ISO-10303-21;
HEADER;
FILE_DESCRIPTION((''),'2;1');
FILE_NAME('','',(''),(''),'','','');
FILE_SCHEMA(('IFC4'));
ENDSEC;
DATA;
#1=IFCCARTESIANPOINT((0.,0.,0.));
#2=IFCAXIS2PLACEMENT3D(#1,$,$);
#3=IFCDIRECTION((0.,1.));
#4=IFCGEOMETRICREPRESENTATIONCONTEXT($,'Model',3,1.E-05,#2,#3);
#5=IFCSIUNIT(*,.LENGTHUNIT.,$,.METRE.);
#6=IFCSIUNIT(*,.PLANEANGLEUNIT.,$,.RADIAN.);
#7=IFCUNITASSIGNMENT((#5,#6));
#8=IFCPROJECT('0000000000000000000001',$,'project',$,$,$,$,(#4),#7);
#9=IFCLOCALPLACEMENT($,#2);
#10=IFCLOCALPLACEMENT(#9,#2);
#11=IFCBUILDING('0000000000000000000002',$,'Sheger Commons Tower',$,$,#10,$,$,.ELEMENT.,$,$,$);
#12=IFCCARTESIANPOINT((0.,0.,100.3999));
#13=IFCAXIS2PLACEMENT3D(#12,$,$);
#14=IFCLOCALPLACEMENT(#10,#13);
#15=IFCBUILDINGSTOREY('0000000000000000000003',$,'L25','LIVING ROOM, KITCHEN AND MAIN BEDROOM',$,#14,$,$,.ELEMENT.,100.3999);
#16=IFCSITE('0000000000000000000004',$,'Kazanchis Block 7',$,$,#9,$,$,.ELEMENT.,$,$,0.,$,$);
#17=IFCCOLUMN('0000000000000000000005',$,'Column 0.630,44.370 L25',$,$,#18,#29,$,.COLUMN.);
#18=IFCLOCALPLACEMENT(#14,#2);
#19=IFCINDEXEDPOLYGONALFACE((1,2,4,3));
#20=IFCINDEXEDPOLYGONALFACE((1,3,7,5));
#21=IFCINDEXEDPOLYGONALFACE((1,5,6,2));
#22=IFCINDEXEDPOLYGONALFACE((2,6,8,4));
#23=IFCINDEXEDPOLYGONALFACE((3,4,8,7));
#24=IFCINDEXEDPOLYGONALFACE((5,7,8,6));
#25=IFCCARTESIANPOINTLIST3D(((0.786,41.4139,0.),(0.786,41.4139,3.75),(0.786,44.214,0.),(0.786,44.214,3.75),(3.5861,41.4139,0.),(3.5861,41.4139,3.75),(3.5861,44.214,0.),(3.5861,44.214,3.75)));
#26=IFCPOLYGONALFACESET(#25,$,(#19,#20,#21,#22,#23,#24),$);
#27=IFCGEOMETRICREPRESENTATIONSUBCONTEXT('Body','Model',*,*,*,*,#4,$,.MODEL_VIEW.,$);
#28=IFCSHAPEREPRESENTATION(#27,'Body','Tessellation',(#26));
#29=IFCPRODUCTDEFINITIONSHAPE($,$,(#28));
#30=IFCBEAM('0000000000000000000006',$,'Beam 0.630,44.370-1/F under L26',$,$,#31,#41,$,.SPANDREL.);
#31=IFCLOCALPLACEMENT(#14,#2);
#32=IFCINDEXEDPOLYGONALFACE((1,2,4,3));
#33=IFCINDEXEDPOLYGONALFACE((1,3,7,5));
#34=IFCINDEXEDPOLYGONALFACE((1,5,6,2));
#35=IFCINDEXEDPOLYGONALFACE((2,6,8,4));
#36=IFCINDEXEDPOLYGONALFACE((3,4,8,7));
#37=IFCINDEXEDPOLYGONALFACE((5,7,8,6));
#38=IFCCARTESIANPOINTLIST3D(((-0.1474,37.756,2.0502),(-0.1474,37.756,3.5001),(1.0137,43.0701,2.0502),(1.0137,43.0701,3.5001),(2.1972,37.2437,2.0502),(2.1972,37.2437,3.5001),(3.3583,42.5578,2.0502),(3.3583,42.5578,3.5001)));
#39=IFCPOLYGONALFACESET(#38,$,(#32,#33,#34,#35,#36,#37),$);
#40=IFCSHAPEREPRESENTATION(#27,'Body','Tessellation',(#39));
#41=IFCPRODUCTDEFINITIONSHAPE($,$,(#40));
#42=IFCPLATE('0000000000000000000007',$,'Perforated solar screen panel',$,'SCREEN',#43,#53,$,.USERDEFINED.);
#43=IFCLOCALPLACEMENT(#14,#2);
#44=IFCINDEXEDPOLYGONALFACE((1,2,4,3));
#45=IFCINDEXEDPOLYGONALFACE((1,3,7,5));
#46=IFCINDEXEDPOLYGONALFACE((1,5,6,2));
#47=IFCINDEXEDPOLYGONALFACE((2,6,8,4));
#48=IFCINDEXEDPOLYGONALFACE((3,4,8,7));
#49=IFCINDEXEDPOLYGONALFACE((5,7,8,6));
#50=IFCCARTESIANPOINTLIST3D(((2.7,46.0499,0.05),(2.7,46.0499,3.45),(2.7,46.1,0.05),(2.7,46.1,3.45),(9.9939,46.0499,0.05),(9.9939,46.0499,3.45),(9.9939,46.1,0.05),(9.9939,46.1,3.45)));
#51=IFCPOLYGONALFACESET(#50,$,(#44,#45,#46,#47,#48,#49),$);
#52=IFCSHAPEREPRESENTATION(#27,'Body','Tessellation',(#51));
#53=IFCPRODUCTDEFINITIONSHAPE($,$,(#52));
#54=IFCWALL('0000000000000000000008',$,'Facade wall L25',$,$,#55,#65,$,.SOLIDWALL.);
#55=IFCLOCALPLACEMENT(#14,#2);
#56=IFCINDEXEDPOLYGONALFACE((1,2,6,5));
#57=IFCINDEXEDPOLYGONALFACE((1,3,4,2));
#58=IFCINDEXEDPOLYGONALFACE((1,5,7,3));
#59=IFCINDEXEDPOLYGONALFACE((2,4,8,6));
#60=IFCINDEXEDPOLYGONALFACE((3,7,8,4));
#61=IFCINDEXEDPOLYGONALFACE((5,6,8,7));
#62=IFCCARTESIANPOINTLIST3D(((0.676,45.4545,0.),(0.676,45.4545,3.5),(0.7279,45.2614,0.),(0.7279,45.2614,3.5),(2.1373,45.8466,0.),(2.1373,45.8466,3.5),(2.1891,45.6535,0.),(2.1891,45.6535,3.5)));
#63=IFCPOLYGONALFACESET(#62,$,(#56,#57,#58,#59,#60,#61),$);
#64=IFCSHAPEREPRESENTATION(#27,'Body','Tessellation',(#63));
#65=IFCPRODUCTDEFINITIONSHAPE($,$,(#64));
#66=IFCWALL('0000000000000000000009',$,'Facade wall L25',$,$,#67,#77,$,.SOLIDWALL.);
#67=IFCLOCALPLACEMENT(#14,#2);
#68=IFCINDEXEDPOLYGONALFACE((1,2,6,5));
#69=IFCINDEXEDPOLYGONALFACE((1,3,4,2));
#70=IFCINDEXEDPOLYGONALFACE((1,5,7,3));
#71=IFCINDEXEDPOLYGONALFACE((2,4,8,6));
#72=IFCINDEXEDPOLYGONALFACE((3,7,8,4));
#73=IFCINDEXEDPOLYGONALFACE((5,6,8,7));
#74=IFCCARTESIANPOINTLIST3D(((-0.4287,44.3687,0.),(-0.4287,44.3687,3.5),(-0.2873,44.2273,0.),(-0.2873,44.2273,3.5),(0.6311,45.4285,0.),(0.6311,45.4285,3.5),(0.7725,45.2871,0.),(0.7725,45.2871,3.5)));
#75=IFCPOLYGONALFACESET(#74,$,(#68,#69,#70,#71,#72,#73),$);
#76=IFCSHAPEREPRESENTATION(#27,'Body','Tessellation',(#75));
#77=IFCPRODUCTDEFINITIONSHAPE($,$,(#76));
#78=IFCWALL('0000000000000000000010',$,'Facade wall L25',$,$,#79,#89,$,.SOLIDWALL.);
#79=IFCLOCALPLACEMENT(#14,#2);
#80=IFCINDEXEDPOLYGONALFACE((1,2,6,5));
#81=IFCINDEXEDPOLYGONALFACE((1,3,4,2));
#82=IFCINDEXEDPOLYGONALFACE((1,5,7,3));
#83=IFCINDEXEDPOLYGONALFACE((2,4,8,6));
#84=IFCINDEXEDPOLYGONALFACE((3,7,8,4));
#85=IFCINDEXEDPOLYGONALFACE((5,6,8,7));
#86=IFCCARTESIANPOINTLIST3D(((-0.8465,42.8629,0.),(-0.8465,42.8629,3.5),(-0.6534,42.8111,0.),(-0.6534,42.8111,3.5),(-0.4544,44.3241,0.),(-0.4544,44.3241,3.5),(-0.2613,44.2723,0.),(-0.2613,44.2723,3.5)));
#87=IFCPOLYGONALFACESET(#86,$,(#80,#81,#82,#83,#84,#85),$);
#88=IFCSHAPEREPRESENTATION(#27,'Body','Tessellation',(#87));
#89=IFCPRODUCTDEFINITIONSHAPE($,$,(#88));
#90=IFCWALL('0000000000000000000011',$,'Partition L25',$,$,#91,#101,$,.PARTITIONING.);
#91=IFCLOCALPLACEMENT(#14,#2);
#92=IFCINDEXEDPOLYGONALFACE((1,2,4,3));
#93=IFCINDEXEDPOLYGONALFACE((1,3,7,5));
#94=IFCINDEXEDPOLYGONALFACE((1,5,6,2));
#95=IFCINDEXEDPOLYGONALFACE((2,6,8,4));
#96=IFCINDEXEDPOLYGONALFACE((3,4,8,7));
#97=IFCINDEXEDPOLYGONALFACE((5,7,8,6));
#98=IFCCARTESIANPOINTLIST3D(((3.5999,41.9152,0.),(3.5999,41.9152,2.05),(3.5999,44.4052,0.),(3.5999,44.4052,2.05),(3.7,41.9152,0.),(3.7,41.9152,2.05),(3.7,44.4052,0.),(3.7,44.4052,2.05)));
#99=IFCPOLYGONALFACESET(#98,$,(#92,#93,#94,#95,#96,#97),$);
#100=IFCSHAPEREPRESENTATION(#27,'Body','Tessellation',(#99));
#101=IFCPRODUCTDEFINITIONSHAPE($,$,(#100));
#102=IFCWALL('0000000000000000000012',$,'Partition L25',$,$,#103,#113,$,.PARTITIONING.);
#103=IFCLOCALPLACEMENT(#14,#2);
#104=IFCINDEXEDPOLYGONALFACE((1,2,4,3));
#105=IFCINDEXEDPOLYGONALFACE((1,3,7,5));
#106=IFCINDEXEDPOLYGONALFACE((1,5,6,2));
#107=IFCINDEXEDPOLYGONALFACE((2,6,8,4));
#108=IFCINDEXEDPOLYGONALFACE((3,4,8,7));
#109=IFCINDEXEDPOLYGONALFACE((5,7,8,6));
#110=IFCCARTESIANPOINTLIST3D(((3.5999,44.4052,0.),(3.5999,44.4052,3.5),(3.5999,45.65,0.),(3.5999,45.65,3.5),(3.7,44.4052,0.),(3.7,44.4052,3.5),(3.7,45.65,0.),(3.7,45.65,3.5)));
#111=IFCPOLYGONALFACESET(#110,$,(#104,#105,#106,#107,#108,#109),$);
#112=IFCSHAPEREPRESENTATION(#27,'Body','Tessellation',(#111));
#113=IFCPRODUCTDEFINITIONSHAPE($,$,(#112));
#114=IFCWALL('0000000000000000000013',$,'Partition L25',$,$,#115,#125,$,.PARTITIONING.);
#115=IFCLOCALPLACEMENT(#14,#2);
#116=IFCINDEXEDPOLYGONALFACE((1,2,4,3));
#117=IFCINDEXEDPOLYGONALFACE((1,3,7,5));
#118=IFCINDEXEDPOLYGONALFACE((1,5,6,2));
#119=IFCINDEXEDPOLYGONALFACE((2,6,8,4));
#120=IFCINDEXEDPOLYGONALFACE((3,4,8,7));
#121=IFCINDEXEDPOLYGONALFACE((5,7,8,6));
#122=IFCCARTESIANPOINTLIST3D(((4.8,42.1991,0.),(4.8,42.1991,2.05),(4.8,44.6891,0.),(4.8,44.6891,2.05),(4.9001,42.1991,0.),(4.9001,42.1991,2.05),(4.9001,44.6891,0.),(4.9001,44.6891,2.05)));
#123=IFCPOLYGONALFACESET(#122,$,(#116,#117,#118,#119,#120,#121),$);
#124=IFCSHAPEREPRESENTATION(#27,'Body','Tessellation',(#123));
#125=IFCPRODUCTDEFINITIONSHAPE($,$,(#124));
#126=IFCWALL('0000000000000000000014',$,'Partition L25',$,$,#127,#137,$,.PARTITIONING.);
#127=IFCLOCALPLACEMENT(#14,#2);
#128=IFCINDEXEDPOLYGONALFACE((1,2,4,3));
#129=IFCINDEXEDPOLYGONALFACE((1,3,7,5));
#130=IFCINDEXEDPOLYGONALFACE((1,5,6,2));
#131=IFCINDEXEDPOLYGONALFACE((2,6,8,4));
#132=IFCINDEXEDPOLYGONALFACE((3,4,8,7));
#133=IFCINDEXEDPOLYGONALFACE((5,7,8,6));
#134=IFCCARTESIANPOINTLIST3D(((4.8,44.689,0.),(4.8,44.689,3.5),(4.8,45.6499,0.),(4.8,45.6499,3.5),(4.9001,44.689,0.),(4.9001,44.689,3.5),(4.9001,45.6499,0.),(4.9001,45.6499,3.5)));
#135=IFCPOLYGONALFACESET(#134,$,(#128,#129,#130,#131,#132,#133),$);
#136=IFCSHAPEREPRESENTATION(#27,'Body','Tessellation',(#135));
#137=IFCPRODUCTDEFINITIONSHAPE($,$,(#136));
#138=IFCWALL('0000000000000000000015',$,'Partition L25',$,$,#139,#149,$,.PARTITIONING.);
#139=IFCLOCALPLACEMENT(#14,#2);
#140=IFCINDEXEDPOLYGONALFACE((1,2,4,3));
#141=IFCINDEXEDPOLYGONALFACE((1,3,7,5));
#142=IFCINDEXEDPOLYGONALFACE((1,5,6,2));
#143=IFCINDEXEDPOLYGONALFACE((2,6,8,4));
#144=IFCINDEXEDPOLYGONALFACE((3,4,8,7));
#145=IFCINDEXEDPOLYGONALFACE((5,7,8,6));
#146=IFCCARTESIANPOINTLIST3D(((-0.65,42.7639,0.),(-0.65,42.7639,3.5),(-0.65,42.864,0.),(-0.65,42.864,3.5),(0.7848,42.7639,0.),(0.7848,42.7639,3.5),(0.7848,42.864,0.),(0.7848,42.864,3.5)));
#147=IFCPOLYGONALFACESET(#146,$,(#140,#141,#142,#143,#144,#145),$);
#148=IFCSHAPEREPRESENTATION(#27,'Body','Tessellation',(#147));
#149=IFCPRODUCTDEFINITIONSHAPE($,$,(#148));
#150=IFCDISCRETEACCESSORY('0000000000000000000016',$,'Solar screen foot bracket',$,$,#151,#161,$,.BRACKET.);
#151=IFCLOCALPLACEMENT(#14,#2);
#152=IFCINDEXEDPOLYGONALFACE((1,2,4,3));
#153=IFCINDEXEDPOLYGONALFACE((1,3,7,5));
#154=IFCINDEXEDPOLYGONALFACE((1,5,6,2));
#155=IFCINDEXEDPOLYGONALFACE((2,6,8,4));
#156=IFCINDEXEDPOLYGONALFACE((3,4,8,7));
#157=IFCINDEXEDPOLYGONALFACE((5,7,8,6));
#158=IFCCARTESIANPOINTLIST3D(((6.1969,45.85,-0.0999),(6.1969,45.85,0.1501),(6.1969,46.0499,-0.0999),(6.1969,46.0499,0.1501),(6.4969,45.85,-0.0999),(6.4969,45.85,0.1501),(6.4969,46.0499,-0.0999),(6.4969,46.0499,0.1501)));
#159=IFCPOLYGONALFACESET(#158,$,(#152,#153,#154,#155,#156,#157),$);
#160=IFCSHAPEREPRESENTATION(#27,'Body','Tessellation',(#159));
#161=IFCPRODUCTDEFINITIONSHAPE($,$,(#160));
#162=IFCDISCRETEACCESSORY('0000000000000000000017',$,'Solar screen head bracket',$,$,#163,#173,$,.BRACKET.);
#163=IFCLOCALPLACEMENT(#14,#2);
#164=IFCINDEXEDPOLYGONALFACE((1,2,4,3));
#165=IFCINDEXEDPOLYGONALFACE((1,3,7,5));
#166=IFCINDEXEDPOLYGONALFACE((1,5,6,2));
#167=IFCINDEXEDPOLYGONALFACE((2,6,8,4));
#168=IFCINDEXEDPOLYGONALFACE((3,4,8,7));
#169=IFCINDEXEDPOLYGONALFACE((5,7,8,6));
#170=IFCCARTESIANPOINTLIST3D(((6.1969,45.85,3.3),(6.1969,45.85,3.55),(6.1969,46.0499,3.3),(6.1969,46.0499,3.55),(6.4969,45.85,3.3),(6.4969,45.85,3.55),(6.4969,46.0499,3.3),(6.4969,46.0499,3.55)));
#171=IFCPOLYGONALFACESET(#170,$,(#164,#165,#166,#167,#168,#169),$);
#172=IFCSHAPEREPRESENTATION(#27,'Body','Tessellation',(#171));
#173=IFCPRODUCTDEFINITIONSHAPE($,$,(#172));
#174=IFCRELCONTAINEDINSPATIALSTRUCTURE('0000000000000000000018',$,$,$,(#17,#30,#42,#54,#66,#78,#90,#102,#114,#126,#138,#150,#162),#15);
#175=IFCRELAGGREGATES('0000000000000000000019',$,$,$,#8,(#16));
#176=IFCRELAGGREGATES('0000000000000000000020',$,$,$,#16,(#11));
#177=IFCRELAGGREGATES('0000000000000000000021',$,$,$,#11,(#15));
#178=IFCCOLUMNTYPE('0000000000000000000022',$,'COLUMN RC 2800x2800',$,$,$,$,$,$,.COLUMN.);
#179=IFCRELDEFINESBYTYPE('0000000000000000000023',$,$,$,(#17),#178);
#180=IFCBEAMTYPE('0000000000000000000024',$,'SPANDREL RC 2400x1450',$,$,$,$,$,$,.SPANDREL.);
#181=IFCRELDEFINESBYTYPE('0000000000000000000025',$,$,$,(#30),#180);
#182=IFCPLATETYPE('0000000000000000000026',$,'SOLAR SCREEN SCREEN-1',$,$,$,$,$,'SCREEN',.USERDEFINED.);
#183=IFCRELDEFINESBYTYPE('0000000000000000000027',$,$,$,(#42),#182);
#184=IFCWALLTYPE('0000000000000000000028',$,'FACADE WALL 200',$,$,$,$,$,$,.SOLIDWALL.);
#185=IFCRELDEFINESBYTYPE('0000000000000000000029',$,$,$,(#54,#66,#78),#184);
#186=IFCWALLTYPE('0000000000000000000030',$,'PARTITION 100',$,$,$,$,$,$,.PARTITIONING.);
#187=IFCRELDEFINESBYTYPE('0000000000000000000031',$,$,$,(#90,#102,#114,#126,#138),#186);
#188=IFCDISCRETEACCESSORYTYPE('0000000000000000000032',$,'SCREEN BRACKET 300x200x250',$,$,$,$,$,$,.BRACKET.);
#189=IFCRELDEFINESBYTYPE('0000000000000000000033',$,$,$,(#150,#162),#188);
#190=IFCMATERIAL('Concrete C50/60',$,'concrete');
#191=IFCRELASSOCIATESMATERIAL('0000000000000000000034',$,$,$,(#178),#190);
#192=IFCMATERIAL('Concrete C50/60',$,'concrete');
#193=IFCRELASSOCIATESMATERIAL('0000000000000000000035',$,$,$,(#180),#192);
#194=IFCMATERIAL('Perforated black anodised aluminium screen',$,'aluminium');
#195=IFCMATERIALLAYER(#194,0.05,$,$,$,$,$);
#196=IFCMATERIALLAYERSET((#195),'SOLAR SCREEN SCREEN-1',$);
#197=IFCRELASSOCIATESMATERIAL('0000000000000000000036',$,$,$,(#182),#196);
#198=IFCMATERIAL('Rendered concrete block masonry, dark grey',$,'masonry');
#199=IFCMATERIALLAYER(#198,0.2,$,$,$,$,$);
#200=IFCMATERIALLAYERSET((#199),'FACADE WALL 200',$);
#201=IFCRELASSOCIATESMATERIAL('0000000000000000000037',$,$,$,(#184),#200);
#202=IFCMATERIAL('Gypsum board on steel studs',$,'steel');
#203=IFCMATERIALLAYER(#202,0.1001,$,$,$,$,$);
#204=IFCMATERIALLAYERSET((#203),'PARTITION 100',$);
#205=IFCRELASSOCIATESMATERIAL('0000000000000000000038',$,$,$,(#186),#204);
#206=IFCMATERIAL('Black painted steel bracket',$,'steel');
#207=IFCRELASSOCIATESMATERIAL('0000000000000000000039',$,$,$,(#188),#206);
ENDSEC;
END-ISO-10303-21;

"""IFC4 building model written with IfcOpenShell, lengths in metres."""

from ifc_helpers import new_model, si_unit, direction, frame, frame_2d, origin, origin_2d, place, context, subcontext, project, spatial, rectangle, extrude, material, layer, layer_set, material_profile, profile_set, type_object, element, save


model = new_model("IFC4")

# Units and contexts
model_context = context("Model", 3, precision=1e-05, world=origin(), true_north=direction((0.0, 1.0)))
body_context = subcontext(model_context, "Body", "Model", "MODEL_VIEW")
ifc_project = project(units=[si_unit("LENGTHUNIT", "METRE"), si_unit("PLANEANGLEUNIT", "RADIAN")], contexts=[model_context])

# Site, building, storey
site_placement = place(None, origin())
site = spatial("IfcSite", under=ifc_project, at=site_placement, Name="Kazanchis Block 7", CompositionType="ELEMENT", RefElevation=0.0)
building_placement = place(site_placement, origin())
building = spatial("IfcBuilding", under=site, at=building_placement, Name="Sheger Commons Tower", CompositionType="ELEMENT")
storey_placement = place(building_placement, frame((0.0, 0.0, 100.3999)))
storey = spatial("IfcBuildingStorey", under=building, at=storey_placement, Name="L25", Description="LIVING ROOM, KITCHEN AND MAIN BEDROOM", CompositionType="ELEMENT", Elevation=100.3999)

# Column
ifc_material_1 = material(Name="Concrete C50/60", Category="concrete")
ifc_material_profile_1 = material_profile(ifc_material_1, rectangle(XDim=2.8, YDim=2.8, at=origin_2d()), Name="RC 2800x2800")
ifc_profile_set_1 = profile_set([ifc_material_profile_1], Name="Concrete C50/60")
column_type = type_object("IfcColumnType", Name="COLUMN RC 2800x2800", PredefinedType="COLUMN", material=ifc_profile_set_1)
column_placement = place(storey_placement, frame((2.186, 42.814, 0.0), z_axis=(0.0, 0.0, 1.0), x_axis=(1.0, 0.0, 0.0)))
element("IfcColumn", 1, at=column_placement, inside=storey, type_object=column_type, Name="Column 0.630,44.370 L25", PredefinedType="COLUMN", context=body_context, shape_type="SweptSolid", body=[
    extrude(rectangle(XDim=2.8, YDim=2.8, at=origin_2d()), origin(), (0.0, 0.0, 1.0), 3.75),
])

# Beam
ifc_material_2 = material(Name="Concrete C50/60", Category="concrete")
ifc_material_profile_2 = material_profile(ifc_material_2, rectangle(XDim=2.3999, YDim=1.45, at=origin_2d()), Name="RC 2400x1450")
ifc_profile_set_2 = profile_set([ifc_material_profile_2], Name="Concrete C50/60")
beam_type = type_object("IfcBeamType", Name="SPANDREL RC 2400x1450", PredefinedType="SPANDREL", material=ifc_profile_set_2)
beam_placement = place(storey_placement, frame((2.186, 42.814, 2.7751), z_axis=(-0.213469, -0.97695, 0.0), x_axis=(0.97695, -0.213469, 0.0)))
element("IfcBeam", 2, at=beam_placement, inside=storey, type_object=beam_type, Name="Beam 0.630,44.370-1/F under L26", PredefinedType="SPANDREL", context=body_context, shape_type="SweptSolid", body=[
    extrude(rectangle(XDim=2.3999, YDim=1.45, at=origin_2d()), origin(), (0.0, 0.0, 1.0), 5.4395),
])

# Plate
ifc_material_3 = material(Name="Perforated black anodised aluminium screen", Category="aluminium")
ifc_layer_1 = layer(ifc_material_3, 0.05)
ifc_layer_set_1 = layer_set([ifc_layer_1], Name="SOLAR SCREEN SCREEN-1")
plate_type = type_object("IfcPlateType", Name="SOLAR SCREEN SCREEN-1", ElementType="SCREEN", PredefinedType="USERDEFINED", material=ifc_layer_set_1)
plate_placement = place(storey_placement, frame((6.3469, 46.075, 0.05), z_axis=(0.0, 0.0, 1.0), x_axis=(-1.0, 0.0, 0.0)))
element("IfcPlate", 3, at=plate_placement, inside=storey, type_object=plate_type, Name="Perforated solar screen panel", ObjectType="SCREEN", PredefinedType="USERDEFINED", context=body_context, shape_type="SweptSolid", body=[
    extrude(rectangle(XDim=7.2939, YDim=0.05, at=origin_2d()), origin(), (0.0, 0.0, 1.0), 3.3999),
])

# Walls
ifc_material_4 = material(Name="Rendered concrete block masonry, dark grey", Category="masonry")
ifc_layer_2 = layer(ifc_material_4, 0.2)
ifc_layer_set_2 = layer_set([ifc_layer_2], Name="FACADE WALL 200")
wall_type_1 = type_object("IfcWallType", Name="FACADE WALL 200", PredefinedType="SOLIDWALL", material=ifc_layer_set_2)
wall_1_placement = place(storey_placement, frame((2.1631, 45.75, 0.0), z_axis=(0.0, 0.0, 1.0), x_axis=(-0.965832, -0.259169, 0.0)))
element("IfcWall", 4, at=wall_1_placement, inside=storey, type_object=wall_type_1, Name="Facade wall L25", PredefinedType="SOLIDWALL", context=body_context, shape_type="SweptSolid", body=[
    extrude(rectangle(XDim=1.5129, YDim=0.2, at=frame_2d((0.7563, 0.0))), origin(), (0.0, 0.0, 1.0), 3.5),
])
wall_2_placement = place(storey_placement, frame((0.7019, 45.3579, 0.0), z_axis=(0.0, 0.0, 1.0), x_axis=(-0.707107, -0.707107, 0.0)))
element("IfcWall", 5, at=wall_2_placement, inside=storey, type_object=wall_type_1, Name="Facade wall L25", PredefinedType="SOLIDWALL", context=body_context, shape_type="SweptSolid", body=[
    extrude(rectangle(XDim=1.4988, YDim=0.2, at=frame_2d((0.7495, 0.0))), origin(), (0.0, 0.0, 1.0), 3.5),
])
wall_3_placement = place(storey_placement, frame((-0.3579, 44.2981, 0.0), z_axis=(0.0, 0.0, 1.0), x_axis=(-0.259169, -0.965832, 0.0)))
element("IfcWall", 6, at=wall_3_placement, inside=storey, type_object=wall_type_1, Name="Facade wall L25", PredefinedType="SOLIDWALL", context=body_context, shape_type="SweptSolid", body=[
    extrude(rectangle(XDim=1.5129, YDim=0.2, at=frame_2d((0.7563, 0.0))), origin(), (0.0, 0.0, 1.0), 3.5),
])

# Walls
ifc_material_5 = material(Name="Gypsum board on steel studs", Category="steel")
ifc_layer_3 = layer(ifc_material_5, 0.1001)
ifc_layer_set_3 = layer_set([ifc_layer_3], Name="PARTITION 100")
wall_type_2 = type_object("IfcWallType", Name="PARTITION 100", PredefinedType="PARTITIONING", material=ifc_layer_set_3)
wall_4_placement = place(storey_placement, frame((3.6499, 41.915, 0.0), z_axis=(0.0, 0.0, 1.0), x_axis=(0.0, 1.0, 0.0)))
element("IfcWall", 7, at=wall_4_placement, inside=storey, type_object=wall_type_2, Name="Partition L25", PredefinedType="PARTITIONING", context=body_context, shape_type="SweptSolid", body=[
    extrude(rectangle(XDim=2.49, YDim=0.1001, at=frame_2d((1.2451, 0.0))), origin(), (0.0, 0.0, 1.0), 2.05),
])
wall_5_placement = place(storey_placement, frame((3.6499, 44.405, 0.0), z_axis=(0.0, 0.0, 1.0), x_axis=(0.0, 1.0, 0.0)))
element("IfcWall", 8, at=wall_5_placement, inside=storey, type_object=wall_type_2, Name="Partition L25", PredefinedType="PARTITIONING", context=body_context, shape_type="SweptSolid", body=[
    extrude(rectangle(XDim=1.2449, YDim=0.1001, at=frame_2d((0.6226, 0.0))), origin(), (0.0, 0.0, 1.0), 3.5),
])
wall_6_placement = place(storey_placement, frame((4.8501, 42.199, 0.0), z_axis=(0.0, 0.0, 1.0), x_axis=(0.0, 1.0, 0.0)))
element("IfcWall", 9, at=wall_6_placement, inside=storey, type_object=wall_type_2, Name="Partition L25", PredefinedType="PARTITIONING", context=body_context, shape_type="SweptSolid", body=[
    extrude(rectangle(XDim=2.49, YDim=0.1001, at=frame_2d((1.2451, 0.0))), origin(), (0.0, 0.0, 1.0), 2.05),
])
wall_7_placement = place(storey_placement, frame((4.8501, 44.689, 0.0), z_axis=(0.0, 0.0, 1.0), x_axis=(0.0, 1.0, 0.0)))
element("IfcWall", 10, at=wall_7_placement, inside=storey, type_object=wall_type_2, Name="Partition L25", PredefinedType="PARTITIONING", context=body_context, shape_type="SweptSolid", body=[
    extrude(rectangle(XDim=0.9609, YDim=0.1001, at=frame_2d((0.4805, 0.0))), origin(), (0.0, 0.0, 1.0), 3.5),
])
wall_8_placement = place(storey_placement, frame((-0.6499, 42.814, 0.0), z_axis=(0.0, 0.0, 1.0), x_axis=(1.0, 0.0, 0.0)))
element("IfcWall", 11, at=wall_8_placement, inside=storey, type_object=wall_type_2, Name="Partition L25", PredefinedType="PARTITIONING", context=body_context, shape_type="SweptSolid", body=[
    extrude(rectangle(XDim=1.4348, YDim=0.1001, at=frame_2d((0.7173, 0.0))), origin(), (0.0, 0.0, 1.0), 3.5),
])

# Discrete accessories
ifc_material_6 = material(Name="Black painted steel bracket", Category="steel")
discrete_accessory_type = type_object("IfcDiscreteAccessoryType", Name="SCREEN BRACKET 300x200x250", PredefinedType="BRACKET", material=ifc_material_6)
for number, where, z_axis, x_axis, name in (
    (12, (6.3469, 45.95, -0.0999), (0.0, 0.0, 1.0), (-1.0, 0.0, 0.0), "Solar screen foot bracket"),
    (13, (6.3469, 45.95, 3.3), (0.0, 0.0, 1.0), (-1.0, 0.0, 0.0), "Solar screen head bracket"),
):
    element("IfcDiscreteAccessory", number, at=place(storey_placement, frame(where, z_axis=z_axis, x_axis=x_axis)), inside=storey, type_object=discrete_accessory_type, Name=name, PredefinedType="BRACKET", context=body_context, shape_type="SweptSolid", body=[
        extrude(rectangle(XDim=0.3, YDim=0.2, at=origin_2d()), origin(), (0.0, 0.0, 1.0), 0.25),
    ])

save(model, "model.ifc")
